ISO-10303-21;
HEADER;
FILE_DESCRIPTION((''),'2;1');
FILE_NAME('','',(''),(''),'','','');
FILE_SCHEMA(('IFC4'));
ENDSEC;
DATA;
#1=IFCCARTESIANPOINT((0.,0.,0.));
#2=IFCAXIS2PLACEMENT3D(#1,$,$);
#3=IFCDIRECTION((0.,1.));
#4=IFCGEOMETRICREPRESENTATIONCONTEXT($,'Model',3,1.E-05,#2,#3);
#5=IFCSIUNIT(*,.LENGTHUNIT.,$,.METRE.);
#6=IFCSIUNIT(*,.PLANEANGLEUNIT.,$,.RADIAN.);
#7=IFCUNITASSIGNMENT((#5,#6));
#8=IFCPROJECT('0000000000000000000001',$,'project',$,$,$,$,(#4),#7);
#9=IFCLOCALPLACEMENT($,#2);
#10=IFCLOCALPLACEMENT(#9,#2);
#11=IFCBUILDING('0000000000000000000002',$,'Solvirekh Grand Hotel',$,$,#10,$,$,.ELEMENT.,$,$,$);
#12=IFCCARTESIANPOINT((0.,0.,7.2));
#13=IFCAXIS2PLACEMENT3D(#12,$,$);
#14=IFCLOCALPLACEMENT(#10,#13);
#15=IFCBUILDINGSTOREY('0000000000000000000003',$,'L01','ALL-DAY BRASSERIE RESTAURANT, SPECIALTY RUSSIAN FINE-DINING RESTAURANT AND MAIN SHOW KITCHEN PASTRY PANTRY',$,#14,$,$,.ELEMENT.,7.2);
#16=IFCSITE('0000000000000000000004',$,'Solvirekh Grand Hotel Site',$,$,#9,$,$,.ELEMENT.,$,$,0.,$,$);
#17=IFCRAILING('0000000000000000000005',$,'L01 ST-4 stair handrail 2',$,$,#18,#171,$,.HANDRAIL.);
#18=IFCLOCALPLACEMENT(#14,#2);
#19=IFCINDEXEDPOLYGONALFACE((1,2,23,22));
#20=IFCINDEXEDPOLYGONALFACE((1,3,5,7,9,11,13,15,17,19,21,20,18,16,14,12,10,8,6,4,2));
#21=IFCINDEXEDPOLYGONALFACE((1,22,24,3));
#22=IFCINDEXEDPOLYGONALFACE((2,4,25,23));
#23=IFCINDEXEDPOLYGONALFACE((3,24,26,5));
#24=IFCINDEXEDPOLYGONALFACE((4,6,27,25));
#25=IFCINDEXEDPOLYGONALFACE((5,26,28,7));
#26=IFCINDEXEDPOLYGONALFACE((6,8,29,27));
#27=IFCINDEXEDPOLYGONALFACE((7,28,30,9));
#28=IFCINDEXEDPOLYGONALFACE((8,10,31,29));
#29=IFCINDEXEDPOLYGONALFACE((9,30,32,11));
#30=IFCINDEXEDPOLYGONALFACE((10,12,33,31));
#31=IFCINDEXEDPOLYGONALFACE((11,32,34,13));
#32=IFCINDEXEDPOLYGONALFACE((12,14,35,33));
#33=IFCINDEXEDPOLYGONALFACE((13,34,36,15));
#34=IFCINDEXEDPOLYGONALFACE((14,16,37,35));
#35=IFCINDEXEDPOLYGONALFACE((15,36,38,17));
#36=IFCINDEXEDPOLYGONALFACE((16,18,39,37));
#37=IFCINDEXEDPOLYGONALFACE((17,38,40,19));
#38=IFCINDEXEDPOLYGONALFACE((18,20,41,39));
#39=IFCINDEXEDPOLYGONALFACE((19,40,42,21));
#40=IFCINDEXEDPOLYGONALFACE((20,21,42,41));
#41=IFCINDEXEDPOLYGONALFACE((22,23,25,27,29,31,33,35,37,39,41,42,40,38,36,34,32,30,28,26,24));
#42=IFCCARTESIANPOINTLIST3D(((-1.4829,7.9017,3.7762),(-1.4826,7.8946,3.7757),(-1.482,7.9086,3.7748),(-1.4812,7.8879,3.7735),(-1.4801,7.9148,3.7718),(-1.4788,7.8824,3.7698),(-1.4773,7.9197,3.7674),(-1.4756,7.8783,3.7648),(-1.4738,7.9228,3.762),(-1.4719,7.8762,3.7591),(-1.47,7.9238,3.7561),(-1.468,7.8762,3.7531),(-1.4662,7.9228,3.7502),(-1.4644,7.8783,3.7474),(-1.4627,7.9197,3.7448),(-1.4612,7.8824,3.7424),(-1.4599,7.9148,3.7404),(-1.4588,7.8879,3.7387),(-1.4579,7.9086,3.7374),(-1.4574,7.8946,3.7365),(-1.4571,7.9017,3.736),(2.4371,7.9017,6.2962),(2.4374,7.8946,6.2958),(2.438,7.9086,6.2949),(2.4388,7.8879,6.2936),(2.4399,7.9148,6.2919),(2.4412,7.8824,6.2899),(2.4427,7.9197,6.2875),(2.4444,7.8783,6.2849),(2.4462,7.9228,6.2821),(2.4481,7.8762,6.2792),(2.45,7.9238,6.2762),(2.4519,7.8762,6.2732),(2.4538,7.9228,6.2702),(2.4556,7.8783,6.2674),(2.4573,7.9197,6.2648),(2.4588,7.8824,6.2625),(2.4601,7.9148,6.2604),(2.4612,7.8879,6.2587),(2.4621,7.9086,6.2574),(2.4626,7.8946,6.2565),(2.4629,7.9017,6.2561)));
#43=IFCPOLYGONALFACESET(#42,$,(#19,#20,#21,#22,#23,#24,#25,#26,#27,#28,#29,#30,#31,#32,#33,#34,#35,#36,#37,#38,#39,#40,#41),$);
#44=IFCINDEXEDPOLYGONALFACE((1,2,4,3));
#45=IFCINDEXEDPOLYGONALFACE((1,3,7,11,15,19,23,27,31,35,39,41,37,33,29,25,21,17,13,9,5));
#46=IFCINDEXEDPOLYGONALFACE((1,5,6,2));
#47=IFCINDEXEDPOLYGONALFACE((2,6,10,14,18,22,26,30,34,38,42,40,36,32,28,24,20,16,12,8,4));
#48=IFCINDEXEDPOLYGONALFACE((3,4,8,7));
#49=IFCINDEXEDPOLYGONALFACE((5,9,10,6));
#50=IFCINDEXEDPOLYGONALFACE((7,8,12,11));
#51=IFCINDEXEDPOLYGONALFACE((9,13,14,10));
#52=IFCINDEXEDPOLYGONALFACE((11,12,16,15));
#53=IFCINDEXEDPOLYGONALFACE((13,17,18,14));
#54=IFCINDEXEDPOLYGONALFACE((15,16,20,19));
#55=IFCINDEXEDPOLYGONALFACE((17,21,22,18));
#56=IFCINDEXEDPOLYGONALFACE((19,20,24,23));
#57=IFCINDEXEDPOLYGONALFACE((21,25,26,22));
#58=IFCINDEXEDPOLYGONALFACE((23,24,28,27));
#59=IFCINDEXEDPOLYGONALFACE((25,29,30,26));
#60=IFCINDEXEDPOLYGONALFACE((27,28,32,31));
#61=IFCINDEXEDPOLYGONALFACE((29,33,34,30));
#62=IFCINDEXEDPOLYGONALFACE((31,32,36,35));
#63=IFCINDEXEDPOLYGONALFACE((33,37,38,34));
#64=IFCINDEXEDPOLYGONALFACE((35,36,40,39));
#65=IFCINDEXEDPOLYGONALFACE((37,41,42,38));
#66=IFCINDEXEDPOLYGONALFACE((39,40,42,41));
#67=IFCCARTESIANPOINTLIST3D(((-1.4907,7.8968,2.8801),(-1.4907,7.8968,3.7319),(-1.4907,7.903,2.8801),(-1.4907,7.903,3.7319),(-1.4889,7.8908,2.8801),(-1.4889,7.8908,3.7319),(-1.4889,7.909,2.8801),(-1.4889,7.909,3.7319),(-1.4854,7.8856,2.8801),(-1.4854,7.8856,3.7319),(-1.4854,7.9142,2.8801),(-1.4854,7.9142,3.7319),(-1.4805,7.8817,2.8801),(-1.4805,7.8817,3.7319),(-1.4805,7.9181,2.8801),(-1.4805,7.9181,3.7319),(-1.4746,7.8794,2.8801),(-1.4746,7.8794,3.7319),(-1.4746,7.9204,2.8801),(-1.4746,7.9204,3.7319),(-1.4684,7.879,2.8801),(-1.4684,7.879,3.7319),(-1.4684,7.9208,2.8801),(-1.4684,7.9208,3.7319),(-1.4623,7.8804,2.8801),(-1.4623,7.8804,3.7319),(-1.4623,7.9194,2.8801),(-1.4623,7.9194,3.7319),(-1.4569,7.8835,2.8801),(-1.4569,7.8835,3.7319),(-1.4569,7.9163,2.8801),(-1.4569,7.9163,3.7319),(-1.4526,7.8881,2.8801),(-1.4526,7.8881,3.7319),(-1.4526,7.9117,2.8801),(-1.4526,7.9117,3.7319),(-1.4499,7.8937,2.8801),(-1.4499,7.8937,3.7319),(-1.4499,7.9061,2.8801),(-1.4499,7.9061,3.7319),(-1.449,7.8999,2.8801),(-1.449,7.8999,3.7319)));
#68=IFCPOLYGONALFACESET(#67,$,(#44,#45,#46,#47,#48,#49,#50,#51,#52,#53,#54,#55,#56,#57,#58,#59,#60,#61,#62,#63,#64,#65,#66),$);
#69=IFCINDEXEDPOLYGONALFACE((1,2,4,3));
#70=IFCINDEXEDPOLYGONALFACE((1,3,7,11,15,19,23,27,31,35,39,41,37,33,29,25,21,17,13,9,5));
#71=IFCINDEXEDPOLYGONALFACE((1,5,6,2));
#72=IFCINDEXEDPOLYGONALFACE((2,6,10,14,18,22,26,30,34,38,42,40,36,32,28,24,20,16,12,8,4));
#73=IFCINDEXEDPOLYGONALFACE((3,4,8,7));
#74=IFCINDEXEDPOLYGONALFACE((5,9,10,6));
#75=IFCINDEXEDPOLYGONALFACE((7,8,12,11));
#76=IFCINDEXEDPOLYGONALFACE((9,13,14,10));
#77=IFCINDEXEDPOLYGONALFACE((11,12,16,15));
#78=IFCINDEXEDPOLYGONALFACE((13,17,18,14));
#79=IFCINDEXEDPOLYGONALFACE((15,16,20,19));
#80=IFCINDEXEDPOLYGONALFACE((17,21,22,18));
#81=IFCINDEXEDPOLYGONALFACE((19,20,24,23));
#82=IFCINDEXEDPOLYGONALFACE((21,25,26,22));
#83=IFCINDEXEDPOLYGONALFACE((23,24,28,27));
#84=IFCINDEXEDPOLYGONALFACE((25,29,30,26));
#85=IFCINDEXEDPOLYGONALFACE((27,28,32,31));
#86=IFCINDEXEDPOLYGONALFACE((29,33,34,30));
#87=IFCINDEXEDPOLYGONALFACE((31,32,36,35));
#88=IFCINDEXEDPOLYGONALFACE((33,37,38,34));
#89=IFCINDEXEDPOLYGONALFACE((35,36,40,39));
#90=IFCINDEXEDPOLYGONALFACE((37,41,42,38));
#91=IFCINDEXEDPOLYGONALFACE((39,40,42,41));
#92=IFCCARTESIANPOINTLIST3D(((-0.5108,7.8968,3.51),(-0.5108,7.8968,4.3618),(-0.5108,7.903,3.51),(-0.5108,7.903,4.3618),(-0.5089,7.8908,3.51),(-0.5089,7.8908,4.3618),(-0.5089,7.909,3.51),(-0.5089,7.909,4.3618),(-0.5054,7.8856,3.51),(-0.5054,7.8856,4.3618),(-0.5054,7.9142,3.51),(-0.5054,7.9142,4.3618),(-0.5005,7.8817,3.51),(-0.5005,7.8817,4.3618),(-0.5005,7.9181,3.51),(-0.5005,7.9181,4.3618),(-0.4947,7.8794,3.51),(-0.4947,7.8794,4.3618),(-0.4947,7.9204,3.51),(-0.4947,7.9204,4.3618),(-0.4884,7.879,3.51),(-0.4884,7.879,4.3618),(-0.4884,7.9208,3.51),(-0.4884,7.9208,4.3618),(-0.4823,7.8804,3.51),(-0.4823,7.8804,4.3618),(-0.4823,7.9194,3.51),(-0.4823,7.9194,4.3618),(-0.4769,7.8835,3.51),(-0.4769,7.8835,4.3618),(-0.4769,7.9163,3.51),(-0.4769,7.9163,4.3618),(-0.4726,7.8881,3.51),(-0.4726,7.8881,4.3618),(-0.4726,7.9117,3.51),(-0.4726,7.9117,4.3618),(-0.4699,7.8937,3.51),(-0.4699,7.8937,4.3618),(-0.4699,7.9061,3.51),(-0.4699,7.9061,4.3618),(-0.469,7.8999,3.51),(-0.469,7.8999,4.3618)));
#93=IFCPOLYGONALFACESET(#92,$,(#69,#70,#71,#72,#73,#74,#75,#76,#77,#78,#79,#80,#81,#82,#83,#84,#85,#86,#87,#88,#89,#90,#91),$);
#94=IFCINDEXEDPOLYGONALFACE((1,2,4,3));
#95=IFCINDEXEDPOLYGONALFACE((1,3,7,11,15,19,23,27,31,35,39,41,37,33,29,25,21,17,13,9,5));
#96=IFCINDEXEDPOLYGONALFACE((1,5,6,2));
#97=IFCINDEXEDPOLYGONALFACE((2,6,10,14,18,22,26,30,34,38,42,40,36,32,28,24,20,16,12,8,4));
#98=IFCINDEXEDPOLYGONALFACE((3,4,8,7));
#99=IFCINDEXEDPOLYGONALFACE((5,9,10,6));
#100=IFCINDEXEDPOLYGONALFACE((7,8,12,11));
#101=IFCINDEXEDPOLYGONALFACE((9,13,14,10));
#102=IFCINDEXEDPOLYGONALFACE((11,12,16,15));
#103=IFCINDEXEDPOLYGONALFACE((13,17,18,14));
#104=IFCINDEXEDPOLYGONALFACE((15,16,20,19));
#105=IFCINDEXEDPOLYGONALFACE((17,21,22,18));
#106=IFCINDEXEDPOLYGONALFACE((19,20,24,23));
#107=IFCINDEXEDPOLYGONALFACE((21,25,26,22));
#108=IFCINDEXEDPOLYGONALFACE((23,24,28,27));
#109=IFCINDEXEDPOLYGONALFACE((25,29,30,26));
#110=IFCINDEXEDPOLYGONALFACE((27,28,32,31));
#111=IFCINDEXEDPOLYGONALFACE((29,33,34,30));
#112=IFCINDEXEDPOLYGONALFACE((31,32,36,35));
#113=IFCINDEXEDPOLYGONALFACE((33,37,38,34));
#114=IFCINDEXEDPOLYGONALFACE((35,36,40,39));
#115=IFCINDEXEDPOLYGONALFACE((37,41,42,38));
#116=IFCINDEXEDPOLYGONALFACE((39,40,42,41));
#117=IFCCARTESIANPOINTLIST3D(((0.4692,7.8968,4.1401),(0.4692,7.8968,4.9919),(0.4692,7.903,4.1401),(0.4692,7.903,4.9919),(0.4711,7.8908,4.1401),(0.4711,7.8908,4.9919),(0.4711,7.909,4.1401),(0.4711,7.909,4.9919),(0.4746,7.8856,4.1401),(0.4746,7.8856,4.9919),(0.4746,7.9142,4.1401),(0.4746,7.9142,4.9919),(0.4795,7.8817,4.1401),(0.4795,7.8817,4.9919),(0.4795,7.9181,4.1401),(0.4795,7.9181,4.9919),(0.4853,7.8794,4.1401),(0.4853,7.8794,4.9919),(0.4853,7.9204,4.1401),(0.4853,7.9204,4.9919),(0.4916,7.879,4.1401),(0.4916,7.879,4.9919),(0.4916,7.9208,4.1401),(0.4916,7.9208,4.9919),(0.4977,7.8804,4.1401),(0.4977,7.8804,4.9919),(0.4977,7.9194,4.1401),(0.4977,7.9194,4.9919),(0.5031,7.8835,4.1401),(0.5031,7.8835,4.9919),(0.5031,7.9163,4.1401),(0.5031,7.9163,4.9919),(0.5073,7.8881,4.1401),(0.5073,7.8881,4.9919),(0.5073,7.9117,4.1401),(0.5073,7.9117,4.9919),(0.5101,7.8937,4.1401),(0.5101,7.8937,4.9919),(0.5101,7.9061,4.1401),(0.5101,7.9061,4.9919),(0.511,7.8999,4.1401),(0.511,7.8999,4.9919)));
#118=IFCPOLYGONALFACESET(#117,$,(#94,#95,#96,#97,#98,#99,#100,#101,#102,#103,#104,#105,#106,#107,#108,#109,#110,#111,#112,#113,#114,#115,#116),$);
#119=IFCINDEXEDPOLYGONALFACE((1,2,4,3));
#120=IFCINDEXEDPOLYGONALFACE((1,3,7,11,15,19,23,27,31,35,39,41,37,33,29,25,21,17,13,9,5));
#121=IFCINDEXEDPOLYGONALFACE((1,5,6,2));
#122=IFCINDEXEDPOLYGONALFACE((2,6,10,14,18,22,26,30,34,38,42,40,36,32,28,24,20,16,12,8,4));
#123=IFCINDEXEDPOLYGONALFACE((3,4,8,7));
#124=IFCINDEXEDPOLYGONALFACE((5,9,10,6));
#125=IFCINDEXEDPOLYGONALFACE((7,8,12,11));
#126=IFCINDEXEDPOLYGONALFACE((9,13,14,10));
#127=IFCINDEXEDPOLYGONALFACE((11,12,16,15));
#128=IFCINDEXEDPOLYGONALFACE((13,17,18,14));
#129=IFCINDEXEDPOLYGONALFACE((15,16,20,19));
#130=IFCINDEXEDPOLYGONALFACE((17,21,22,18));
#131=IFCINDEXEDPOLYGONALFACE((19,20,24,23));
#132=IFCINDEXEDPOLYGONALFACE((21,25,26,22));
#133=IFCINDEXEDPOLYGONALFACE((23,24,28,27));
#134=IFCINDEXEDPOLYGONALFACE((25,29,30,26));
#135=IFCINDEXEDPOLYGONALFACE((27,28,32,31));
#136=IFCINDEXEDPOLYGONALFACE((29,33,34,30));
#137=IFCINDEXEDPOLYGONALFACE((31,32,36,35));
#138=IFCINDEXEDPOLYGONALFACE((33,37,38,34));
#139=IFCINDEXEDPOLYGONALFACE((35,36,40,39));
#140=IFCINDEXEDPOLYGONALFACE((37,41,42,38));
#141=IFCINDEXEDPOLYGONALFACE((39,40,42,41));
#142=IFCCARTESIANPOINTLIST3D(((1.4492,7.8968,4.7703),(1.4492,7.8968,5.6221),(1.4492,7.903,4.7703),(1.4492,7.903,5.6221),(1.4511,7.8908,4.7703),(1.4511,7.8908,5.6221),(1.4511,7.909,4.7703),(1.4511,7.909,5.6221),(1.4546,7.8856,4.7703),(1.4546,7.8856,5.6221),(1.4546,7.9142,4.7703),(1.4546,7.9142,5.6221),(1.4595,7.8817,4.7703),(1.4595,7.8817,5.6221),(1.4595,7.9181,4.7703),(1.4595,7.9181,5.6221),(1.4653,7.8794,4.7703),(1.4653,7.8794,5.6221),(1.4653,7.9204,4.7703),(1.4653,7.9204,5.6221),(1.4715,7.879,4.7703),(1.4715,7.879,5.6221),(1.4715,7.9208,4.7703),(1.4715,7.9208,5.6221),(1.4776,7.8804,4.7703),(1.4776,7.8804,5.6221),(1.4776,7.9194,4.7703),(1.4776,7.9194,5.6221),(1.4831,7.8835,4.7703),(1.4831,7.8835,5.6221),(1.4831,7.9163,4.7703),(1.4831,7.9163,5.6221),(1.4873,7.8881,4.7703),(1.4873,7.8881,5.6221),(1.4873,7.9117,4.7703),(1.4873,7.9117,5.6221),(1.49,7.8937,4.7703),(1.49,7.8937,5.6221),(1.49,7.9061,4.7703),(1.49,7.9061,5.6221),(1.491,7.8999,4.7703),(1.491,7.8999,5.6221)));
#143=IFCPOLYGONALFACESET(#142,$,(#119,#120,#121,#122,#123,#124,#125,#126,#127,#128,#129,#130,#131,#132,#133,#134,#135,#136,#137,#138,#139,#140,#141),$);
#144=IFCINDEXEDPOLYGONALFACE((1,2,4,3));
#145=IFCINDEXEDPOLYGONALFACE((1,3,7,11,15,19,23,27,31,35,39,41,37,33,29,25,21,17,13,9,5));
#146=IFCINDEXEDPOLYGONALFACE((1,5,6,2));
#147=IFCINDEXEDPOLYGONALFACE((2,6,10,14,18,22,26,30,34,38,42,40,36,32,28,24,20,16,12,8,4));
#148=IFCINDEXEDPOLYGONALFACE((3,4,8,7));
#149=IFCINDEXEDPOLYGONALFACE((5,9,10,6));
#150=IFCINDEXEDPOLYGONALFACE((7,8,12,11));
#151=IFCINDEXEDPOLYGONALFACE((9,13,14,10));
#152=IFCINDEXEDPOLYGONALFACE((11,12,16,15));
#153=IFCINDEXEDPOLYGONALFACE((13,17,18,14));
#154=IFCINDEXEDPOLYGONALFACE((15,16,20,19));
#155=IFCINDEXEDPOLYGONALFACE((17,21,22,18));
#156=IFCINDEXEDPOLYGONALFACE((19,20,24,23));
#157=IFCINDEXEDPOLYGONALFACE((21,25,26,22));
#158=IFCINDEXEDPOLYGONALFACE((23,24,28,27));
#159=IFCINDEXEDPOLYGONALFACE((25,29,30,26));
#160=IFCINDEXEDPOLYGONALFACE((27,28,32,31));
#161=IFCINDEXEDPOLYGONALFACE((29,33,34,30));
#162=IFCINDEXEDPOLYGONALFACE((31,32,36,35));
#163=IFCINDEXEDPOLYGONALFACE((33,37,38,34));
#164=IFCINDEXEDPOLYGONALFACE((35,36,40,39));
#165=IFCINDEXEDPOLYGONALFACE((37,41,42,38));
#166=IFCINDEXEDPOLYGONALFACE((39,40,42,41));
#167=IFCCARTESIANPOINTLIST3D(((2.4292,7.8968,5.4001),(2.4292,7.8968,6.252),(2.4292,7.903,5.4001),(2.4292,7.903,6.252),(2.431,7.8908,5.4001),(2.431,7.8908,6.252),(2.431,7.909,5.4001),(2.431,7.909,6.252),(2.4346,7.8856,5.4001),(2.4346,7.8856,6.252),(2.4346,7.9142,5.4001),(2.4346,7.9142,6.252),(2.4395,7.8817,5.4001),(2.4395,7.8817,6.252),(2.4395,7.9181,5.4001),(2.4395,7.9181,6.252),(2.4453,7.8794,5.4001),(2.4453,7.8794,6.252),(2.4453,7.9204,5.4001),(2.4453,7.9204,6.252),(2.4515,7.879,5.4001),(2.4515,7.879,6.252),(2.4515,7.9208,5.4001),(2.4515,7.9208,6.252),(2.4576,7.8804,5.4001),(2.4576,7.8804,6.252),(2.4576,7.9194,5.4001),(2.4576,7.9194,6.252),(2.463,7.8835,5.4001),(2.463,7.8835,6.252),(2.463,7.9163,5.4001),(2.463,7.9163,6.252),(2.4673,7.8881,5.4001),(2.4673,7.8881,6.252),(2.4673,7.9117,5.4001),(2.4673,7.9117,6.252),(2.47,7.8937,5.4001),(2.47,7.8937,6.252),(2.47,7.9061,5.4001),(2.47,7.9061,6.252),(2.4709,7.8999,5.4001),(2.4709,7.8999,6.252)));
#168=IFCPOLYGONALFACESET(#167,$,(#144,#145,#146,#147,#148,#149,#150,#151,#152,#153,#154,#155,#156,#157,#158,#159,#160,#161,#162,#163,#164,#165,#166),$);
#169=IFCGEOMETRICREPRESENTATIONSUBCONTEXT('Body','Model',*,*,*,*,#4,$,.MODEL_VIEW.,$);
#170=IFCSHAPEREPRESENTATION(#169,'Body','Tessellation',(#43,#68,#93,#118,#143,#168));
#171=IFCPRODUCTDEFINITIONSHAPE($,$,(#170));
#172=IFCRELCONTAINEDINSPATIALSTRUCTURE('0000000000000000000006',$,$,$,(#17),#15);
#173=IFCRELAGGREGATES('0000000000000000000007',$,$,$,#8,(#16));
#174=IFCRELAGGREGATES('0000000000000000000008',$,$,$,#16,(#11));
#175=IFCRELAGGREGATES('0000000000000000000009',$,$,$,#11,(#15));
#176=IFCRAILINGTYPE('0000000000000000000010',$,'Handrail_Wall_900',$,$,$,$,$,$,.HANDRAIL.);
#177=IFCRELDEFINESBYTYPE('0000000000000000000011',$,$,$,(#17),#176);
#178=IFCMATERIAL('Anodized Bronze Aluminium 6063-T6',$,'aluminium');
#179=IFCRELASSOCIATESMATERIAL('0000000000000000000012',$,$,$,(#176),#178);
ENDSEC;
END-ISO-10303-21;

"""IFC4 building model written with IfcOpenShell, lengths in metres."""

from ifc_helpers import new_model, si_unit, direction, frame, origin, origin_2d, place, context, subcontext, project, spatial, circle, extrude, material, type_object, element, save


model = new_model("IFC4")

# Units and contexts
model_context = context("Model", 3, precision=1e-05, world=origin(), true_north=direction((0.0, 1.0)))
body_context = subcontext(model_context, "Body", "Model", "MODEL_VIEW")
ifc_project = project(units=[si_unit("LENGTHUNIT", "METRE"), si_unit("PLANEANGLEUNIT", "RADIAN")], contexts=[model_context])

# Site, building, storey
site_placement = place(None, origin())
site = spatial("IfcSite", under=ifc_project, at=site_placement, Name="Solvirekh Grand Hotel Site", CompositionType="ELEMENT", RefElevation=0.0)
building_placement = place(site_placement, origin())
building = spatial("IfcBuilding", under=site, at=building_placement, Name="Solvirekh Grand Hotel", CompositionType="ELEMENT")
storey_placement = place(building_placement, frame((0.0, 0.0, 7.2)))
storey = spatial("IfcBuildingStorey", under=building, at=storey_placement, Name="L01", Description="ALL-DAY BRASSERIE RESTAURANT, SPECIALTY RUSSIAN FINE-DINING RESTAURANT AND MAIN SHOW KITCHEN PASTRY PANTRY", CompositionType="ELEMENT", Elevation=7.2)

# Shared definitions
ifc_material_1 = material(Name="Anodized Bronze Aluminium 6063-T6", Category="aluminium")

# Railing
railing_type_1 = type_object("IfcRailingType", Name="Handrail_Wall_900", PredefinedType="HANDRAIL", material=ifc_material_1)
railing_1_placement = place(storey_placement, frame((-1.47, 7.8999, 2.8801)))
element("IfcRailing", 1, at=railing_1_placement, inside=storey, type_object=railing_type_1, Name="L01 ST-4 stair handrail 2", PredefinedType="HANDRAIL", context=body_context, shape_type="SweptSolid", body=[
    extrude(circle(Radius=0.0239, at=origin_2d()), frame((0.0, 0.0, 0.876), z_axis=(0.841172, 0.0, 0.540768), x_axis=(0.0, 1.0, 0.0)), (0.0, 0.0, 1.0), 4.6602),
    extrude(circle(Radius=0.021, at=origin_2d()), origin(), (0.0, 0.0, 1.0), 0.8518),
    extrude(circle(Radius=0.021, at=origin_2d()), frame((0.98, 0.0, 0.6299)), (0.0, 0.0, 1.0), 0.8518),
    extrude(circle(Radius=0.021, at=origin_2d()), frame((1.96, 0.0, 1.26)), (0.0, 0.0, 1.0), 0.8518),
    extrude(circle(Radius=0.021, at=origin_2d()), frame((2.9399, 0.0, 1.8901)), (0.0, 0.0, 1.0), 0.8518),
    extrude(circle(Radius=0.021, at=origin_2d()), frame((3.9199, 0.0, 2.52)), (0.0, 0.0, 1.0), 0.8518),
])

save(model, "model.ifc")
